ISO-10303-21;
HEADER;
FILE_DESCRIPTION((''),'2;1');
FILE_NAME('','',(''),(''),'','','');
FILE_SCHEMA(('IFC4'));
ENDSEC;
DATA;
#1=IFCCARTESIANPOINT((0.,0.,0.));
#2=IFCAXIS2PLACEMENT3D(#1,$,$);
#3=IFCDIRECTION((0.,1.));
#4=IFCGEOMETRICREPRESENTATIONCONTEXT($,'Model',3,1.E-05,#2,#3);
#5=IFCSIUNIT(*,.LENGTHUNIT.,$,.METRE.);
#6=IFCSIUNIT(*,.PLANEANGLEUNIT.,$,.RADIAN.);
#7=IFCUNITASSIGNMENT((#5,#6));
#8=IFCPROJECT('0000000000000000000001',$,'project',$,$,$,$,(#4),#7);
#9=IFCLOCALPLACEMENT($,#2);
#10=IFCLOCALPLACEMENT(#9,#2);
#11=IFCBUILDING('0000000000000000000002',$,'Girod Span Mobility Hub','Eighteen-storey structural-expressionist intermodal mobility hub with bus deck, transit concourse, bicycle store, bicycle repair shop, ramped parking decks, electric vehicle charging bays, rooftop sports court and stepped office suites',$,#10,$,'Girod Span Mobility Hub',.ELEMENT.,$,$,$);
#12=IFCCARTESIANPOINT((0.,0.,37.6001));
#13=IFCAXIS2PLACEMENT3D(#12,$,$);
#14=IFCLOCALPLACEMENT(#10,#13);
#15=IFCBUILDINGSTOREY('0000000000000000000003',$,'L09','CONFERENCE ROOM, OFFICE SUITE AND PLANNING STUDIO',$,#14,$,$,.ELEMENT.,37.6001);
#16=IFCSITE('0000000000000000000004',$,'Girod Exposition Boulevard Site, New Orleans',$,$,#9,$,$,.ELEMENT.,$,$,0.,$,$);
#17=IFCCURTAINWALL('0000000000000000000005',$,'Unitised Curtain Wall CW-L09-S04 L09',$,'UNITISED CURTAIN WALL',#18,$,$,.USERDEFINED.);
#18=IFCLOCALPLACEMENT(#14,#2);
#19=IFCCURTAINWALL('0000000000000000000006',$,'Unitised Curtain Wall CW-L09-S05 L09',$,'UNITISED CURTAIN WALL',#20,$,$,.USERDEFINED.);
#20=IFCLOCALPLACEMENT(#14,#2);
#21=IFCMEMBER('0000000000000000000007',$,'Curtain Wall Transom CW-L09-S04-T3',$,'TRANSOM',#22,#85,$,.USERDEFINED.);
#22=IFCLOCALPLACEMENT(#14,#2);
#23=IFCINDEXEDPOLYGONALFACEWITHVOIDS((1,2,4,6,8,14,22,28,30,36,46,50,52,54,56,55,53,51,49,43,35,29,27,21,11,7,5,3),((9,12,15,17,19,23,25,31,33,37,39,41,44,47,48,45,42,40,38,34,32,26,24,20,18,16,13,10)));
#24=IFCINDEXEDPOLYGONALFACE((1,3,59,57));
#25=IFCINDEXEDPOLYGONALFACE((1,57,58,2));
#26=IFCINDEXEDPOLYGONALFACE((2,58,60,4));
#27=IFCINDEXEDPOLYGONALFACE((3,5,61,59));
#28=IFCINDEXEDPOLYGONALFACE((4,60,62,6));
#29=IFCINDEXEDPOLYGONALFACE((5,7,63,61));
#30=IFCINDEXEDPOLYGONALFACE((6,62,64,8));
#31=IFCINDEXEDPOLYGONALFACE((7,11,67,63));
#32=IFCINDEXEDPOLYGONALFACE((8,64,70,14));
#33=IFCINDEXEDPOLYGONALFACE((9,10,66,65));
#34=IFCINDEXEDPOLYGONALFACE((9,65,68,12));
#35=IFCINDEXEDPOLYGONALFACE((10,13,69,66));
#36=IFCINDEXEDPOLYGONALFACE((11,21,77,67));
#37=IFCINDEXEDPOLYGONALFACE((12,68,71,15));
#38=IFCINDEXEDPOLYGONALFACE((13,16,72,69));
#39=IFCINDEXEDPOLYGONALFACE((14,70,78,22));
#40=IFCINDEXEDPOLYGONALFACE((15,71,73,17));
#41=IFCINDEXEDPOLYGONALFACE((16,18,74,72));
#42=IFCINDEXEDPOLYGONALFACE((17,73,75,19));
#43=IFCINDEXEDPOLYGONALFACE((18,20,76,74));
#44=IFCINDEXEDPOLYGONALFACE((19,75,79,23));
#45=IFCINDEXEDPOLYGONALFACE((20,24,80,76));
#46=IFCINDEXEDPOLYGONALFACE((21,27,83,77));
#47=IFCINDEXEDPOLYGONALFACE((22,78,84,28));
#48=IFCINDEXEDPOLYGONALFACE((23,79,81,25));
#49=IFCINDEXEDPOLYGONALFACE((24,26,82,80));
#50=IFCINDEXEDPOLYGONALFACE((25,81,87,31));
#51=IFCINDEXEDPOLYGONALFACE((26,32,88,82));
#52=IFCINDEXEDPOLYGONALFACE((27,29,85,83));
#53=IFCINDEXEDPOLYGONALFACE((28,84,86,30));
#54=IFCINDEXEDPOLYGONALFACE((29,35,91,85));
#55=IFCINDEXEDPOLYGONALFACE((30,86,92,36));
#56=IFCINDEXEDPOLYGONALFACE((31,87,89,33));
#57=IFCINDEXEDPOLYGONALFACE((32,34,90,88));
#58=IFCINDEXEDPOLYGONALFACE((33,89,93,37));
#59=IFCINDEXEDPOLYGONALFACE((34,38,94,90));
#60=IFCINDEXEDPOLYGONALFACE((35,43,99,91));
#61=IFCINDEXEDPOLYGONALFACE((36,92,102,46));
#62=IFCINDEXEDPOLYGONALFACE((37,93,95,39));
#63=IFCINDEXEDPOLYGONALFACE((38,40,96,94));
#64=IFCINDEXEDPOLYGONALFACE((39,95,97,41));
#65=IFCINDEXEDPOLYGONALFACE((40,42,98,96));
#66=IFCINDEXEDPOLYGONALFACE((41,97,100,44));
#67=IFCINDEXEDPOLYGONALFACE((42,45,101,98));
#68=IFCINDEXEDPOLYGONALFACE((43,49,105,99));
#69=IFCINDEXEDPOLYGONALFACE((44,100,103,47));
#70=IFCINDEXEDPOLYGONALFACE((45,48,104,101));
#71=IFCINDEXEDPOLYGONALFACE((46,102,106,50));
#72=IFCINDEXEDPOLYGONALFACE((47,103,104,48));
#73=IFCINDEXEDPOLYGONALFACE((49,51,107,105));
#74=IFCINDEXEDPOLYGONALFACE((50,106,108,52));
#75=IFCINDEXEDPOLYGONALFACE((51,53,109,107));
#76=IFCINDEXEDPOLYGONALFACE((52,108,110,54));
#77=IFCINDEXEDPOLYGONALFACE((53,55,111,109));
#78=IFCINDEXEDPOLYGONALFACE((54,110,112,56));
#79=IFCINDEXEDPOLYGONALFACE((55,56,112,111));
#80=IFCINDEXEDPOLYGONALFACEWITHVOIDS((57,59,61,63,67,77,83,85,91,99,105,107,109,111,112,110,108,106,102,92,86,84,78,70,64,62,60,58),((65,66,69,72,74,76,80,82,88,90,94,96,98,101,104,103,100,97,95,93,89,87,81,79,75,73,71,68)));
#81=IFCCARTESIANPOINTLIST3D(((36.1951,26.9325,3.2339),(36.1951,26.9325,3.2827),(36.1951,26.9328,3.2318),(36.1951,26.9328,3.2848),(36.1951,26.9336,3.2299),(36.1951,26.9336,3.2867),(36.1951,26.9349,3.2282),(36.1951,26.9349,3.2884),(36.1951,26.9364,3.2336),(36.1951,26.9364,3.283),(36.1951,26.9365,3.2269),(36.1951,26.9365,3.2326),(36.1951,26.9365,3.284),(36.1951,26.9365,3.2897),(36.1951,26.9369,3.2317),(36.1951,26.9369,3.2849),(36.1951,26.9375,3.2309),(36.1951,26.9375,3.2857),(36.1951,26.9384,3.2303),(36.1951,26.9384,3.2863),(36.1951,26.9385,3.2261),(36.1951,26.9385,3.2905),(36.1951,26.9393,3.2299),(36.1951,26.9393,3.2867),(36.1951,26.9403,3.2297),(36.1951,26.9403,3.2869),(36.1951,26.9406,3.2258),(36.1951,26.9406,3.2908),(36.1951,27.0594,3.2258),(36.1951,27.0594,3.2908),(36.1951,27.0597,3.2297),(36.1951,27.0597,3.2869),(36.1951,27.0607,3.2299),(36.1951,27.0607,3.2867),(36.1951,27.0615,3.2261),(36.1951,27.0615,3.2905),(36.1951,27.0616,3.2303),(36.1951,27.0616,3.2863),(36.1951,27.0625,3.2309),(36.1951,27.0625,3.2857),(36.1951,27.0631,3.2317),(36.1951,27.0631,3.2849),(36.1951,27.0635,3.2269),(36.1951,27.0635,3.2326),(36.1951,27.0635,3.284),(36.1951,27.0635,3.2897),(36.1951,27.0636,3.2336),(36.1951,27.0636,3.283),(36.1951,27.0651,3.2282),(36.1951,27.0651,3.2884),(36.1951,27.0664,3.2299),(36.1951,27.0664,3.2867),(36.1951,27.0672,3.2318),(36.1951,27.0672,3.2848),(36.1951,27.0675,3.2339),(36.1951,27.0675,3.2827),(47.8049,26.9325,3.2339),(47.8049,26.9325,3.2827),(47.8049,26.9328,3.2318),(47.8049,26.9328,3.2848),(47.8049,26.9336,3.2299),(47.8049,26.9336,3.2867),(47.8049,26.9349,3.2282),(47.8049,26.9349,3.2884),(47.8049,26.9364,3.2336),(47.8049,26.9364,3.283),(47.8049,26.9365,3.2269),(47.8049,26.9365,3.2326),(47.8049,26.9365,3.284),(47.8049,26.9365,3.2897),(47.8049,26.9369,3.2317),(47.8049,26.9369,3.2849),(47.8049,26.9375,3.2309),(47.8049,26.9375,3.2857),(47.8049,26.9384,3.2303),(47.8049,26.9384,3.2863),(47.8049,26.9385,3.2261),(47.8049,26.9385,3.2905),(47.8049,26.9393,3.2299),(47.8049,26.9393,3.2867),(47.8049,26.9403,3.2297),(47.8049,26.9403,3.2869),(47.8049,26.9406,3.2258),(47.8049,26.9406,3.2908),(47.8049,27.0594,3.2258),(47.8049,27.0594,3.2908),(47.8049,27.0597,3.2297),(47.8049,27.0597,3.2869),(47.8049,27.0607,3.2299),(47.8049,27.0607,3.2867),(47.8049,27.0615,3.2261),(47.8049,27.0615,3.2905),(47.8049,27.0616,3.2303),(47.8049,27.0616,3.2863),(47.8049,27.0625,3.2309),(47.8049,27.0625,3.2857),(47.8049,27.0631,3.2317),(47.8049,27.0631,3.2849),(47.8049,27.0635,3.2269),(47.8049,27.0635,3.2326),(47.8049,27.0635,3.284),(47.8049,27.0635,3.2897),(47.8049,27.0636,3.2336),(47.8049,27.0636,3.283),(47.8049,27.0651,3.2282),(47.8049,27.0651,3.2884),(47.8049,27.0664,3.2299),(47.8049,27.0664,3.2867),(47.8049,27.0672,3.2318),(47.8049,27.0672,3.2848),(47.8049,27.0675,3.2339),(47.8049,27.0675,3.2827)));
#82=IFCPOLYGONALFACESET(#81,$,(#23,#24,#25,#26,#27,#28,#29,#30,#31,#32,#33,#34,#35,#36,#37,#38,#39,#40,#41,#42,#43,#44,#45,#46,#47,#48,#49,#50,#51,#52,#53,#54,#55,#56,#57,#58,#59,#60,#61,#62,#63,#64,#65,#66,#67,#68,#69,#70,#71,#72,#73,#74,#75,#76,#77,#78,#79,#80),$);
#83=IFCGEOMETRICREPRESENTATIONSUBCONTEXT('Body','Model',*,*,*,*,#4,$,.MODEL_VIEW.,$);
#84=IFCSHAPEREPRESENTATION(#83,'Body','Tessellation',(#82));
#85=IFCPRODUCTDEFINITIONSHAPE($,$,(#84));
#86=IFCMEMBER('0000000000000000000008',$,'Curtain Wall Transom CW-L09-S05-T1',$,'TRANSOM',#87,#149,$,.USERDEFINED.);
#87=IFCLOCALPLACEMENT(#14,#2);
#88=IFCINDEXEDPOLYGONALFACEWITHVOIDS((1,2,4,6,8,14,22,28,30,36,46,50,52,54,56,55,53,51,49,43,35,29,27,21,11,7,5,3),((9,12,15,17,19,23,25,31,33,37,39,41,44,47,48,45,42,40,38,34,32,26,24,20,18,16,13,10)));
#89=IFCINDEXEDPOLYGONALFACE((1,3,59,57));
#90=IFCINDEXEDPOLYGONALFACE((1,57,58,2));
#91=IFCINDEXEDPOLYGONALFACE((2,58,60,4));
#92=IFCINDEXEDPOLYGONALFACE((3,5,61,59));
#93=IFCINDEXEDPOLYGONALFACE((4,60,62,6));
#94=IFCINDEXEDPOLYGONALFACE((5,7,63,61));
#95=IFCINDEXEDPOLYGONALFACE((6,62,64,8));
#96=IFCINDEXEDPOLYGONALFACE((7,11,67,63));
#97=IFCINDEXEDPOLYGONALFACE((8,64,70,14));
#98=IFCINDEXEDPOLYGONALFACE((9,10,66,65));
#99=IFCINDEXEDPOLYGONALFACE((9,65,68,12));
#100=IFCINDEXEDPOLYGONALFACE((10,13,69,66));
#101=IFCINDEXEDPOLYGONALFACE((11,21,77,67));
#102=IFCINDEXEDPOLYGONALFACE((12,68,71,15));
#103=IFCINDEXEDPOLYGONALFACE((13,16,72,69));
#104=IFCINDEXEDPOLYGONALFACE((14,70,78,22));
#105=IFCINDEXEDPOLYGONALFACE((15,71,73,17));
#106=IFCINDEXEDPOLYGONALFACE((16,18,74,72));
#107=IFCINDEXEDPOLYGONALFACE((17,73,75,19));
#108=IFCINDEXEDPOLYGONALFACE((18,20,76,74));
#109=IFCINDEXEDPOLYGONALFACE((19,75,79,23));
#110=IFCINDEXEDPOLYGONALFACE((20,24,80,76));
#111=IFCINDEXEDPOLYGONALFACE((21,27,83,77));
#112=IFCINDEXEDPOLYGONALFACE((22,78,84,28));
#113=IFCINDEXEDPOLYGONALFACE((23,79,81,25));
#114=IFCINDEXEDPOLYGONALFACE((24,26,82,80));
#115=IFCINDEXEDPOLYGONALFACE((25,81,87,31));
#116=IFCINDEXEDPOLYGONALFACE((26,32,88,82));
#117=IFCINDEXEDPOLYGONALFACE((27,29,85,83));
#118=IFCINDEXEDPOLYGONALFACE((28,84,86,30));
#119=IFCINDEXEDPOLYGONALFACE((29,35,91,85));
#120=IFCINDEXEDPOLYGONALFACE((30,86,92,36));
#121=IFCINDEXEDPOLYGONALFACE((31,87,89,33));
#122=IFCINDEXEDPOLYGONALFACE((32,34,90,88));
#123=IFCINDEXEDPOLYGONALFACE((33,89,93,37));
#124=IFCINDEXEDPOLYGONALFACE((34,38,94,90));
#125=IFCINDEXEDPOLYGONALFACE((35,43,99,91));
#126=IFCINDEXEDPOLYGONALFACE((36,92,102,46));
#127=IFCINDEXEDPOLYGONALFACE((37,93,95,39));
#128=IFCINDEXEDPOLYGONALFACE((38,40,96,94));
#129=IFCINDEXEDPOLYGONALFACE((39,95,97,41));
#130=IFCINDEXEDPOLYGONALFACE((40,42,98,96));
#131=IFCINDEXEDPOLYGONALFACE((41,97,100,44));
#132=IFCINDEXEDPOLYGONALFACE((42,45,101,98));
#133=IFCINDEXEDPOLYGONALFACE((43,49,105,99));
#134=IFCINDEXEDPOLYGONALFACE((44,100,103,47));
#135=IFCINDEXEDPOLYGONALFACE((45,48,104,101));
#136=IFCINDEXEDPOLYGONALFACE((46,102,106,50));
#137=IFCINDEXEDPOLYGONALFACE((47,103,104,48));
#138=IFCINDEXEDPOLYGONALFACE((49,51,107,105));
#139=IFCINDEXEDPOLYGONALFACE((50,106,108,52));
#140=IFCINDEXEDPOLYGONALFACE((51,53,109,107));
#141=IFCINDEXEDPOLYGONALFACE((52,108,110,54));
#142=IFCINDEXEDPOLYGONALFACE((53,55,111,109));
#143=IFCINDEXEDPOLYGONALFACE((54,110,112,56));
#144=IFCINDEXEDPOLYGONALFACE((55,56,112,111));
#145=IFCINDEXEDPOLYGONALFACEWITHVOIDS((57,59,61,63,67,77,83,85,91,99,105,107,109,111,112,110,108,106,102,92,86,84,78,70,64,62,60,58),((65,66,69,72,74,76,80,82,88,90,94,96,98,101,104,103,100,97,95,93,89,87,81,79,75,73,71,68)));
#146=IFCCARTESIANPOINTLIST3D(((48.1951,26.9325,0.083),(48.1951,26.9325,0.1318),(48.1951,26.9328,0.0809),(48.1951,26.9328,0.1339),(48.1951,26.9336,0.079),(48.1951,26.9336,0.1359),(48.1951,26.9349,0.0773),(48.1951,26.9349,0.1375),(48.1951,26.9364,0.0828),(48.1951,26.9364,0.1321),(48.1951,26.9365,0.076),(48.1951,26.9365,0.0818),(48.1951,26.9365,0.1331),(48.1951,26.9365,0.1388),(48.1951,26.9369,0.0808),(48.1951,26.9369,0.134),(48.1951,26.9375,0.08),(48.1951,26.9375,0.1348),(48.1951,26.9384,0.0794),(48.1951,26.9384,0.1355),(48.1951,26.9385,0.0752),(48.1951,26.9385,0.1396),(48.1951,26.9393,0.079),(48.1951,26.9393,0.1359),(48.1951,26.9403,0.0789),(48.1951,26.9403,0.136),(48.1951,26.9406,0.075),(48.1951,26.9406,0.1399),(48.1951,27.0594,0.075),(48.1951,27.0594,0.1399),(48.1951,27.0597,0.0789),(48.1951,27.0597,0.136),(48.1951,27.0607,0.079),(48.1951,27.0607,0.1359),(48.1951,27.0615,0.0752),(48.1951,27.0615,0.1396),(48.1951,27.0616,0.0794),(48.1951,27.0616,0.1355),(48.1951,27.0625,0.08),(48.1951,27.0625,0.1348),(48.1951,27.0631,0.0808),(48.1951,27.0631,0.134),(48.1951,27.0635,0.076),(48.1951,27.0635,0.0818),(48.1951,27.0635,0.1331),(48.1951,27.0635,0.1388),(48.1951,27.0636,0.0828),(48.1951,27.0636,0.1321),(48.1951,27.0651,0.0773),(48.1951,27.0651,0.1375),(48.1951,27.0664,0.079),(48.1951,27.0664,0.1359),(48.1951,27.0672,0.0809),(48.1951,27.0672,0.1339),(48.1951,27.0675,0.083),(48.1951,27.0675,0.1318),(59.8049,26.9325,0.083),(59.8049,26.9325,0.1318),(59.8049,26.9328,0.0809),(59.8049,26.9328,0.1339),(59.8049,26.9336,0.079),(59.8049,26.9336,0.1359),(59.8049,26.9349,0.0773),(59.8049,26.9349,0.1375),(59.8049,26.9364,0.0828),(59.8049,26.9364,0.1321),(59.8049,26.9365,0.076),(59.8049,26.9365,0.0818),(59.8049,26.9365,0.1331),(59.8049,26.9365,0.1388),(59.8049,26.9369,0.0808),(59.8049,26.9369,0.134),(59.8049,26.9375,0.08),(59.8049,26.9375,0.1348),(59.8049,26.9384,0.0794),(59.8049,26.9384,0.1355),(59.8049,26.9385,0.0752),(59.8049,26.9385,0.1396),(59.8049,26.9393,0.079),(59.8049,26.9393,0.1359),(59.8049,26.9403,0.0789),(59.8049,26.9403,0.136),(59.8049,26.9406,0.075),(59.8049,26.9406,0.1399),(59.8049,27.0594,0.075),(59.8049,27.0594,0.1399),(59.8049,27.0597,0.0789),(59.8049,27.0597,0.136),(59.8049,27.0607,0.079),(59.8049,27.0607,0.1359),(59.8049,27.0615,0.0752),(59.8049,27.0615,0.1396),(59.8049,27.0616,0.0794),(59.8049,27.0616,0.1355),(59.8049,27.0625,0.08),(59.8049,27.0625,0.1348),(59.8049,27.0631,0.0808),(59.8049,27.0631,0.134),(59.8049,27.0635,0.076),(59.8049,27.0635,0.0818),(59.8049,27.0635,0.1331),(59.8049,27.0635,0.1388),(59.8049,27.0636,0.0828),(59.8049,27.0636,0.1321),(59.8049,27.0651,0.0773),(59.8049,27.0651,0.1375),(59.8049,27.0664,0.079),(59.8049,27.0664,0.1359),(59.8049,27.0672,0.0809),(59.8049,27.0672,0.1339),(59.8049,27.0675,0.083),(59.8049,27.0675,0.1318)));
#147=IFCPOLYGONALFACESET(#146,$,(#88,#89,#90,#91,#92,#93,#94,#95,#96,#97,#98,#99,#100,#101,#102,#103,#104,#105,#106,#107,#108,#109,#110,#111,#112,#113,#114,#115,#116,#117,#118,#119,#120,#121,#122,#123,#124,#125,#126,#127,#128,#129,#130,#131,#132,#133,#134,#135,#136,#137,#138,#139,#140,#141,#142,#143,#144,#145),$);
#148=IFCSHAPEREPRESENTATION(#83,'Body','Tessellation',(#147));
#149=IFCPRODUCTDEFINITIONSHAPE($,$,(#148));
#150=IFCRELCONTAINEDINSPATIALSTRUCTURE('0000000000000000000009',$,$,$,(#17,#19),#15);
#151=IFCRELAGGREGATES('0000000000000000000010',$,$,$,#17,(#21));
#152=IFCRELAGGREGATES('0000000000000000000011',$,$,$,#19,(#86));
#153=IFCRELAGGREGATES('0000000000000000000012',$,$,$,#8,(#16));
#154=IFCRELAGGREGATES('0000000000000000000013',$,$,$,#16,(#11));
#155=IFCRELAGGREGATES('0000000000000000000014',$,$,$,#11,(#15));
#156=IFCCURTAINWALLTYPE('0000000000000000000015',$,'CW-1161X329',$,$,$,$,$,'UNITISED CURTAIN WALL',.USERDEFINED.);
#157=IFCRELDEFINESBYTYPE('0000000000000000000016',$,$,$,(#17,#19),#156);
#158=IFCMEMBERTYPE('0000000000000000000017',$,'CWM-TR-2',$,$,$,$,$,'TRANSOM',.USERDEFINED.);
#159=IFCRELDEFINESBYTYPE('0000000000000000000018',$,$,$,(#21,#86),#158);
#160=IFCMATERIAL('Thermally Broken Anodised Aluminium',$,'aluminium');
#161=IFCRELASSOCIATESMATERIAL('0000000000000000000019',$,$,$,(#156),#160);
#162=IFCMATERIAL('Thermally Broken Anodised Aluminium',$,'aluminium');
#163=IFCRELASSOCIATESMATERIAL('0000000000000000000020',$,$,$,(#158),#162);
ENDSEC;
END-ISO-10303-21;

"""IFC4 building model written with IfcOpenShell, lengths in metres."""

from ifc_helpers import new_model, si_unit, direction, frame, origin, origin_2d, place, context, subcontext, project, spatial, hollow_rectangle, extrude, material, material_profile, profile_set, type_object, element, aggregate, save


model = new_model("IFC4")

# Units and contexts
model_context = context("Model", 3, precision=1e-05, world=origin(), true_north=direction((0.0, 1.0)))
body_context = subcontext(model_context, "Body", "Model", "MODEL_VIEW")
ifc_project = project(units=[si_unit("LENGTHUNIT", "METRE"), si_unit("PLANEANGLEUNIT", "RADIAN")], contexts=[model_context])

# Site, building, storey
site_placement = place(None, origin())
site = spatial("IfcSite", under=ifc_project, at=site_placement, Name="Girod Exposition Boulevard Site, New Orleans", CompositionType="ELEMENT", RefElevation=0.0)
building_placement = place(site_placement, origin())
building = spatial("IfcBuilding", under=site, at=building_placement, Name="Girod Span Mobility Hub", Description="Eighteen-storey structural-expressionist intermodal mobility hub with bus deck, transit concourse, bicycle store, bicycle repair shop, ramped parking decks, electric vehicle charging bays, rooftop sports court and stepped office suites", LongName="Girod Span Mobility Hub", CompositionType="ELEMENT")
storey_placement = place(building_placement, frame((0.0, 0.0, 37.6001)))
storey = spatial("IfcBuildingStorey", under=building, at=storey_placement, Name="L09", Description="CONFERENCE ROOM, OFFICE SUITE AND PLANNING STUDIO", CompositionType="ELEMENT", Elevation=37.6001)

# Curtain wall
ifc_material_1 = material(Name="Thermally Broken Anodised Aluminium", Category="aluminium")
curtain_wall_type = type_object("IfcCurtainWallType", Name="CW-1161X329", ElementType="UNITISED CURTAIN WALL", PredefinedType="USERDEFINED", material=ifc_material_1)
curtain_wall_1_placement = place(storey_placement, origin())
curtain_wall_1 = element("IfcCurtainWall", 1, at=curtain_wall_1_placement, inside=storey, type_object=curtain_wall_type, Name="Unitised Curtain Wall CW-L09-S04 L09", ObjectType="UNITISED CURTAIN WALL", PredefinedType="USERDEFINED")

# Curtain wall
curtain_wall_2_placement = place(storey_placement, origin())
curtain_wall_2 = element("IfcCurtainWall", 2, at=curtain_wall_2_placement, inside=storey, type_object=curtain_wall_type, Name="Unitised Curtain Wall CW-L09-S05 L09", ObjectType="UNITISED CURTAIN WALL", PredefinedType="USERDEFINED")

# Members
ifc_material_2 = material(Name="Thermally Broken Anodised Aluminium", Category="aluminium")
ifc_material_profile_1 = material_profile(ifc_material_2, hollow_rectangle(XDim=0.135, YDim=0.0649, WallThickness=0.0039, InnerFilletRadius=0.0039, OuterFilletRadius=0.0081, at=origin_2d()), Name="CW-TR-65X135")
ifc_profile_set_1 = profile_set([ifc_material_profile_1], Name="Thermally Broken Anodised Aluminium")
member_type_1 = type_object("IfcMemberType", Name="CWM-TR-2", ElementType="TRANSOM", PredefinedType="USERDEFINED", material=ifc_profile_set_1)
member_1_placement = place(storey_placement, frame((36.1951, 27.0, 3.2583), z_axis=(1.0, 0.0, 0.0), x_axis=(0.0, 1.0, 0.0)))
member_1 = element("IfcMember", 3, at=member_1_placement, type_object=member_type_1, Name="Curtain Wall Transom CW-L09-S04-T3", ObjectType="TRANSOM", PredefinedType="USERDEFINED", context=body_context, shape_type="SweptSolid", body=[
    extrude(hollow_rectangle(XDim=0.135, YDim=0.0649, WallThickness=0.0039, InnerFilletRadius=0.0039, OuterFilletRadius=0.0081, at=origin_2d()), origin(), (0.0, 0.0, 1.0), 11.6099),
])
member_2_placement = place(storey_placement, frame((48.1951, 27.0, 0.1074), z_axis=(1.0, 0.0, 0.0), x_axis=(0.0, 1.0, 0.0)))
member_2 = element("IfcMember", 4, at=member_2_placement, type_object=member_type_1, Name="Curtain Wall Transom CW-L09-S05-T1", ObjectType="TRANSOM", PredefinedType="USERDEFINED", context=body_context, shape_type="SweptSolid", body=[
    extrude(hollow_rectangle(XDim=0.135, YDim=0.0649, WallThickness=0.0039, InnerFilletRadius=0.0039, OuterFilletRadius=0.0081, at=origin_2d()), origin(), (0.0, 0.0, 1.0), 11.6099),
])

aggregate(curtain_wall_1, [member_1])
aggregate(curtain_wall_2, [member_2])

save(model, "model.ifc")
